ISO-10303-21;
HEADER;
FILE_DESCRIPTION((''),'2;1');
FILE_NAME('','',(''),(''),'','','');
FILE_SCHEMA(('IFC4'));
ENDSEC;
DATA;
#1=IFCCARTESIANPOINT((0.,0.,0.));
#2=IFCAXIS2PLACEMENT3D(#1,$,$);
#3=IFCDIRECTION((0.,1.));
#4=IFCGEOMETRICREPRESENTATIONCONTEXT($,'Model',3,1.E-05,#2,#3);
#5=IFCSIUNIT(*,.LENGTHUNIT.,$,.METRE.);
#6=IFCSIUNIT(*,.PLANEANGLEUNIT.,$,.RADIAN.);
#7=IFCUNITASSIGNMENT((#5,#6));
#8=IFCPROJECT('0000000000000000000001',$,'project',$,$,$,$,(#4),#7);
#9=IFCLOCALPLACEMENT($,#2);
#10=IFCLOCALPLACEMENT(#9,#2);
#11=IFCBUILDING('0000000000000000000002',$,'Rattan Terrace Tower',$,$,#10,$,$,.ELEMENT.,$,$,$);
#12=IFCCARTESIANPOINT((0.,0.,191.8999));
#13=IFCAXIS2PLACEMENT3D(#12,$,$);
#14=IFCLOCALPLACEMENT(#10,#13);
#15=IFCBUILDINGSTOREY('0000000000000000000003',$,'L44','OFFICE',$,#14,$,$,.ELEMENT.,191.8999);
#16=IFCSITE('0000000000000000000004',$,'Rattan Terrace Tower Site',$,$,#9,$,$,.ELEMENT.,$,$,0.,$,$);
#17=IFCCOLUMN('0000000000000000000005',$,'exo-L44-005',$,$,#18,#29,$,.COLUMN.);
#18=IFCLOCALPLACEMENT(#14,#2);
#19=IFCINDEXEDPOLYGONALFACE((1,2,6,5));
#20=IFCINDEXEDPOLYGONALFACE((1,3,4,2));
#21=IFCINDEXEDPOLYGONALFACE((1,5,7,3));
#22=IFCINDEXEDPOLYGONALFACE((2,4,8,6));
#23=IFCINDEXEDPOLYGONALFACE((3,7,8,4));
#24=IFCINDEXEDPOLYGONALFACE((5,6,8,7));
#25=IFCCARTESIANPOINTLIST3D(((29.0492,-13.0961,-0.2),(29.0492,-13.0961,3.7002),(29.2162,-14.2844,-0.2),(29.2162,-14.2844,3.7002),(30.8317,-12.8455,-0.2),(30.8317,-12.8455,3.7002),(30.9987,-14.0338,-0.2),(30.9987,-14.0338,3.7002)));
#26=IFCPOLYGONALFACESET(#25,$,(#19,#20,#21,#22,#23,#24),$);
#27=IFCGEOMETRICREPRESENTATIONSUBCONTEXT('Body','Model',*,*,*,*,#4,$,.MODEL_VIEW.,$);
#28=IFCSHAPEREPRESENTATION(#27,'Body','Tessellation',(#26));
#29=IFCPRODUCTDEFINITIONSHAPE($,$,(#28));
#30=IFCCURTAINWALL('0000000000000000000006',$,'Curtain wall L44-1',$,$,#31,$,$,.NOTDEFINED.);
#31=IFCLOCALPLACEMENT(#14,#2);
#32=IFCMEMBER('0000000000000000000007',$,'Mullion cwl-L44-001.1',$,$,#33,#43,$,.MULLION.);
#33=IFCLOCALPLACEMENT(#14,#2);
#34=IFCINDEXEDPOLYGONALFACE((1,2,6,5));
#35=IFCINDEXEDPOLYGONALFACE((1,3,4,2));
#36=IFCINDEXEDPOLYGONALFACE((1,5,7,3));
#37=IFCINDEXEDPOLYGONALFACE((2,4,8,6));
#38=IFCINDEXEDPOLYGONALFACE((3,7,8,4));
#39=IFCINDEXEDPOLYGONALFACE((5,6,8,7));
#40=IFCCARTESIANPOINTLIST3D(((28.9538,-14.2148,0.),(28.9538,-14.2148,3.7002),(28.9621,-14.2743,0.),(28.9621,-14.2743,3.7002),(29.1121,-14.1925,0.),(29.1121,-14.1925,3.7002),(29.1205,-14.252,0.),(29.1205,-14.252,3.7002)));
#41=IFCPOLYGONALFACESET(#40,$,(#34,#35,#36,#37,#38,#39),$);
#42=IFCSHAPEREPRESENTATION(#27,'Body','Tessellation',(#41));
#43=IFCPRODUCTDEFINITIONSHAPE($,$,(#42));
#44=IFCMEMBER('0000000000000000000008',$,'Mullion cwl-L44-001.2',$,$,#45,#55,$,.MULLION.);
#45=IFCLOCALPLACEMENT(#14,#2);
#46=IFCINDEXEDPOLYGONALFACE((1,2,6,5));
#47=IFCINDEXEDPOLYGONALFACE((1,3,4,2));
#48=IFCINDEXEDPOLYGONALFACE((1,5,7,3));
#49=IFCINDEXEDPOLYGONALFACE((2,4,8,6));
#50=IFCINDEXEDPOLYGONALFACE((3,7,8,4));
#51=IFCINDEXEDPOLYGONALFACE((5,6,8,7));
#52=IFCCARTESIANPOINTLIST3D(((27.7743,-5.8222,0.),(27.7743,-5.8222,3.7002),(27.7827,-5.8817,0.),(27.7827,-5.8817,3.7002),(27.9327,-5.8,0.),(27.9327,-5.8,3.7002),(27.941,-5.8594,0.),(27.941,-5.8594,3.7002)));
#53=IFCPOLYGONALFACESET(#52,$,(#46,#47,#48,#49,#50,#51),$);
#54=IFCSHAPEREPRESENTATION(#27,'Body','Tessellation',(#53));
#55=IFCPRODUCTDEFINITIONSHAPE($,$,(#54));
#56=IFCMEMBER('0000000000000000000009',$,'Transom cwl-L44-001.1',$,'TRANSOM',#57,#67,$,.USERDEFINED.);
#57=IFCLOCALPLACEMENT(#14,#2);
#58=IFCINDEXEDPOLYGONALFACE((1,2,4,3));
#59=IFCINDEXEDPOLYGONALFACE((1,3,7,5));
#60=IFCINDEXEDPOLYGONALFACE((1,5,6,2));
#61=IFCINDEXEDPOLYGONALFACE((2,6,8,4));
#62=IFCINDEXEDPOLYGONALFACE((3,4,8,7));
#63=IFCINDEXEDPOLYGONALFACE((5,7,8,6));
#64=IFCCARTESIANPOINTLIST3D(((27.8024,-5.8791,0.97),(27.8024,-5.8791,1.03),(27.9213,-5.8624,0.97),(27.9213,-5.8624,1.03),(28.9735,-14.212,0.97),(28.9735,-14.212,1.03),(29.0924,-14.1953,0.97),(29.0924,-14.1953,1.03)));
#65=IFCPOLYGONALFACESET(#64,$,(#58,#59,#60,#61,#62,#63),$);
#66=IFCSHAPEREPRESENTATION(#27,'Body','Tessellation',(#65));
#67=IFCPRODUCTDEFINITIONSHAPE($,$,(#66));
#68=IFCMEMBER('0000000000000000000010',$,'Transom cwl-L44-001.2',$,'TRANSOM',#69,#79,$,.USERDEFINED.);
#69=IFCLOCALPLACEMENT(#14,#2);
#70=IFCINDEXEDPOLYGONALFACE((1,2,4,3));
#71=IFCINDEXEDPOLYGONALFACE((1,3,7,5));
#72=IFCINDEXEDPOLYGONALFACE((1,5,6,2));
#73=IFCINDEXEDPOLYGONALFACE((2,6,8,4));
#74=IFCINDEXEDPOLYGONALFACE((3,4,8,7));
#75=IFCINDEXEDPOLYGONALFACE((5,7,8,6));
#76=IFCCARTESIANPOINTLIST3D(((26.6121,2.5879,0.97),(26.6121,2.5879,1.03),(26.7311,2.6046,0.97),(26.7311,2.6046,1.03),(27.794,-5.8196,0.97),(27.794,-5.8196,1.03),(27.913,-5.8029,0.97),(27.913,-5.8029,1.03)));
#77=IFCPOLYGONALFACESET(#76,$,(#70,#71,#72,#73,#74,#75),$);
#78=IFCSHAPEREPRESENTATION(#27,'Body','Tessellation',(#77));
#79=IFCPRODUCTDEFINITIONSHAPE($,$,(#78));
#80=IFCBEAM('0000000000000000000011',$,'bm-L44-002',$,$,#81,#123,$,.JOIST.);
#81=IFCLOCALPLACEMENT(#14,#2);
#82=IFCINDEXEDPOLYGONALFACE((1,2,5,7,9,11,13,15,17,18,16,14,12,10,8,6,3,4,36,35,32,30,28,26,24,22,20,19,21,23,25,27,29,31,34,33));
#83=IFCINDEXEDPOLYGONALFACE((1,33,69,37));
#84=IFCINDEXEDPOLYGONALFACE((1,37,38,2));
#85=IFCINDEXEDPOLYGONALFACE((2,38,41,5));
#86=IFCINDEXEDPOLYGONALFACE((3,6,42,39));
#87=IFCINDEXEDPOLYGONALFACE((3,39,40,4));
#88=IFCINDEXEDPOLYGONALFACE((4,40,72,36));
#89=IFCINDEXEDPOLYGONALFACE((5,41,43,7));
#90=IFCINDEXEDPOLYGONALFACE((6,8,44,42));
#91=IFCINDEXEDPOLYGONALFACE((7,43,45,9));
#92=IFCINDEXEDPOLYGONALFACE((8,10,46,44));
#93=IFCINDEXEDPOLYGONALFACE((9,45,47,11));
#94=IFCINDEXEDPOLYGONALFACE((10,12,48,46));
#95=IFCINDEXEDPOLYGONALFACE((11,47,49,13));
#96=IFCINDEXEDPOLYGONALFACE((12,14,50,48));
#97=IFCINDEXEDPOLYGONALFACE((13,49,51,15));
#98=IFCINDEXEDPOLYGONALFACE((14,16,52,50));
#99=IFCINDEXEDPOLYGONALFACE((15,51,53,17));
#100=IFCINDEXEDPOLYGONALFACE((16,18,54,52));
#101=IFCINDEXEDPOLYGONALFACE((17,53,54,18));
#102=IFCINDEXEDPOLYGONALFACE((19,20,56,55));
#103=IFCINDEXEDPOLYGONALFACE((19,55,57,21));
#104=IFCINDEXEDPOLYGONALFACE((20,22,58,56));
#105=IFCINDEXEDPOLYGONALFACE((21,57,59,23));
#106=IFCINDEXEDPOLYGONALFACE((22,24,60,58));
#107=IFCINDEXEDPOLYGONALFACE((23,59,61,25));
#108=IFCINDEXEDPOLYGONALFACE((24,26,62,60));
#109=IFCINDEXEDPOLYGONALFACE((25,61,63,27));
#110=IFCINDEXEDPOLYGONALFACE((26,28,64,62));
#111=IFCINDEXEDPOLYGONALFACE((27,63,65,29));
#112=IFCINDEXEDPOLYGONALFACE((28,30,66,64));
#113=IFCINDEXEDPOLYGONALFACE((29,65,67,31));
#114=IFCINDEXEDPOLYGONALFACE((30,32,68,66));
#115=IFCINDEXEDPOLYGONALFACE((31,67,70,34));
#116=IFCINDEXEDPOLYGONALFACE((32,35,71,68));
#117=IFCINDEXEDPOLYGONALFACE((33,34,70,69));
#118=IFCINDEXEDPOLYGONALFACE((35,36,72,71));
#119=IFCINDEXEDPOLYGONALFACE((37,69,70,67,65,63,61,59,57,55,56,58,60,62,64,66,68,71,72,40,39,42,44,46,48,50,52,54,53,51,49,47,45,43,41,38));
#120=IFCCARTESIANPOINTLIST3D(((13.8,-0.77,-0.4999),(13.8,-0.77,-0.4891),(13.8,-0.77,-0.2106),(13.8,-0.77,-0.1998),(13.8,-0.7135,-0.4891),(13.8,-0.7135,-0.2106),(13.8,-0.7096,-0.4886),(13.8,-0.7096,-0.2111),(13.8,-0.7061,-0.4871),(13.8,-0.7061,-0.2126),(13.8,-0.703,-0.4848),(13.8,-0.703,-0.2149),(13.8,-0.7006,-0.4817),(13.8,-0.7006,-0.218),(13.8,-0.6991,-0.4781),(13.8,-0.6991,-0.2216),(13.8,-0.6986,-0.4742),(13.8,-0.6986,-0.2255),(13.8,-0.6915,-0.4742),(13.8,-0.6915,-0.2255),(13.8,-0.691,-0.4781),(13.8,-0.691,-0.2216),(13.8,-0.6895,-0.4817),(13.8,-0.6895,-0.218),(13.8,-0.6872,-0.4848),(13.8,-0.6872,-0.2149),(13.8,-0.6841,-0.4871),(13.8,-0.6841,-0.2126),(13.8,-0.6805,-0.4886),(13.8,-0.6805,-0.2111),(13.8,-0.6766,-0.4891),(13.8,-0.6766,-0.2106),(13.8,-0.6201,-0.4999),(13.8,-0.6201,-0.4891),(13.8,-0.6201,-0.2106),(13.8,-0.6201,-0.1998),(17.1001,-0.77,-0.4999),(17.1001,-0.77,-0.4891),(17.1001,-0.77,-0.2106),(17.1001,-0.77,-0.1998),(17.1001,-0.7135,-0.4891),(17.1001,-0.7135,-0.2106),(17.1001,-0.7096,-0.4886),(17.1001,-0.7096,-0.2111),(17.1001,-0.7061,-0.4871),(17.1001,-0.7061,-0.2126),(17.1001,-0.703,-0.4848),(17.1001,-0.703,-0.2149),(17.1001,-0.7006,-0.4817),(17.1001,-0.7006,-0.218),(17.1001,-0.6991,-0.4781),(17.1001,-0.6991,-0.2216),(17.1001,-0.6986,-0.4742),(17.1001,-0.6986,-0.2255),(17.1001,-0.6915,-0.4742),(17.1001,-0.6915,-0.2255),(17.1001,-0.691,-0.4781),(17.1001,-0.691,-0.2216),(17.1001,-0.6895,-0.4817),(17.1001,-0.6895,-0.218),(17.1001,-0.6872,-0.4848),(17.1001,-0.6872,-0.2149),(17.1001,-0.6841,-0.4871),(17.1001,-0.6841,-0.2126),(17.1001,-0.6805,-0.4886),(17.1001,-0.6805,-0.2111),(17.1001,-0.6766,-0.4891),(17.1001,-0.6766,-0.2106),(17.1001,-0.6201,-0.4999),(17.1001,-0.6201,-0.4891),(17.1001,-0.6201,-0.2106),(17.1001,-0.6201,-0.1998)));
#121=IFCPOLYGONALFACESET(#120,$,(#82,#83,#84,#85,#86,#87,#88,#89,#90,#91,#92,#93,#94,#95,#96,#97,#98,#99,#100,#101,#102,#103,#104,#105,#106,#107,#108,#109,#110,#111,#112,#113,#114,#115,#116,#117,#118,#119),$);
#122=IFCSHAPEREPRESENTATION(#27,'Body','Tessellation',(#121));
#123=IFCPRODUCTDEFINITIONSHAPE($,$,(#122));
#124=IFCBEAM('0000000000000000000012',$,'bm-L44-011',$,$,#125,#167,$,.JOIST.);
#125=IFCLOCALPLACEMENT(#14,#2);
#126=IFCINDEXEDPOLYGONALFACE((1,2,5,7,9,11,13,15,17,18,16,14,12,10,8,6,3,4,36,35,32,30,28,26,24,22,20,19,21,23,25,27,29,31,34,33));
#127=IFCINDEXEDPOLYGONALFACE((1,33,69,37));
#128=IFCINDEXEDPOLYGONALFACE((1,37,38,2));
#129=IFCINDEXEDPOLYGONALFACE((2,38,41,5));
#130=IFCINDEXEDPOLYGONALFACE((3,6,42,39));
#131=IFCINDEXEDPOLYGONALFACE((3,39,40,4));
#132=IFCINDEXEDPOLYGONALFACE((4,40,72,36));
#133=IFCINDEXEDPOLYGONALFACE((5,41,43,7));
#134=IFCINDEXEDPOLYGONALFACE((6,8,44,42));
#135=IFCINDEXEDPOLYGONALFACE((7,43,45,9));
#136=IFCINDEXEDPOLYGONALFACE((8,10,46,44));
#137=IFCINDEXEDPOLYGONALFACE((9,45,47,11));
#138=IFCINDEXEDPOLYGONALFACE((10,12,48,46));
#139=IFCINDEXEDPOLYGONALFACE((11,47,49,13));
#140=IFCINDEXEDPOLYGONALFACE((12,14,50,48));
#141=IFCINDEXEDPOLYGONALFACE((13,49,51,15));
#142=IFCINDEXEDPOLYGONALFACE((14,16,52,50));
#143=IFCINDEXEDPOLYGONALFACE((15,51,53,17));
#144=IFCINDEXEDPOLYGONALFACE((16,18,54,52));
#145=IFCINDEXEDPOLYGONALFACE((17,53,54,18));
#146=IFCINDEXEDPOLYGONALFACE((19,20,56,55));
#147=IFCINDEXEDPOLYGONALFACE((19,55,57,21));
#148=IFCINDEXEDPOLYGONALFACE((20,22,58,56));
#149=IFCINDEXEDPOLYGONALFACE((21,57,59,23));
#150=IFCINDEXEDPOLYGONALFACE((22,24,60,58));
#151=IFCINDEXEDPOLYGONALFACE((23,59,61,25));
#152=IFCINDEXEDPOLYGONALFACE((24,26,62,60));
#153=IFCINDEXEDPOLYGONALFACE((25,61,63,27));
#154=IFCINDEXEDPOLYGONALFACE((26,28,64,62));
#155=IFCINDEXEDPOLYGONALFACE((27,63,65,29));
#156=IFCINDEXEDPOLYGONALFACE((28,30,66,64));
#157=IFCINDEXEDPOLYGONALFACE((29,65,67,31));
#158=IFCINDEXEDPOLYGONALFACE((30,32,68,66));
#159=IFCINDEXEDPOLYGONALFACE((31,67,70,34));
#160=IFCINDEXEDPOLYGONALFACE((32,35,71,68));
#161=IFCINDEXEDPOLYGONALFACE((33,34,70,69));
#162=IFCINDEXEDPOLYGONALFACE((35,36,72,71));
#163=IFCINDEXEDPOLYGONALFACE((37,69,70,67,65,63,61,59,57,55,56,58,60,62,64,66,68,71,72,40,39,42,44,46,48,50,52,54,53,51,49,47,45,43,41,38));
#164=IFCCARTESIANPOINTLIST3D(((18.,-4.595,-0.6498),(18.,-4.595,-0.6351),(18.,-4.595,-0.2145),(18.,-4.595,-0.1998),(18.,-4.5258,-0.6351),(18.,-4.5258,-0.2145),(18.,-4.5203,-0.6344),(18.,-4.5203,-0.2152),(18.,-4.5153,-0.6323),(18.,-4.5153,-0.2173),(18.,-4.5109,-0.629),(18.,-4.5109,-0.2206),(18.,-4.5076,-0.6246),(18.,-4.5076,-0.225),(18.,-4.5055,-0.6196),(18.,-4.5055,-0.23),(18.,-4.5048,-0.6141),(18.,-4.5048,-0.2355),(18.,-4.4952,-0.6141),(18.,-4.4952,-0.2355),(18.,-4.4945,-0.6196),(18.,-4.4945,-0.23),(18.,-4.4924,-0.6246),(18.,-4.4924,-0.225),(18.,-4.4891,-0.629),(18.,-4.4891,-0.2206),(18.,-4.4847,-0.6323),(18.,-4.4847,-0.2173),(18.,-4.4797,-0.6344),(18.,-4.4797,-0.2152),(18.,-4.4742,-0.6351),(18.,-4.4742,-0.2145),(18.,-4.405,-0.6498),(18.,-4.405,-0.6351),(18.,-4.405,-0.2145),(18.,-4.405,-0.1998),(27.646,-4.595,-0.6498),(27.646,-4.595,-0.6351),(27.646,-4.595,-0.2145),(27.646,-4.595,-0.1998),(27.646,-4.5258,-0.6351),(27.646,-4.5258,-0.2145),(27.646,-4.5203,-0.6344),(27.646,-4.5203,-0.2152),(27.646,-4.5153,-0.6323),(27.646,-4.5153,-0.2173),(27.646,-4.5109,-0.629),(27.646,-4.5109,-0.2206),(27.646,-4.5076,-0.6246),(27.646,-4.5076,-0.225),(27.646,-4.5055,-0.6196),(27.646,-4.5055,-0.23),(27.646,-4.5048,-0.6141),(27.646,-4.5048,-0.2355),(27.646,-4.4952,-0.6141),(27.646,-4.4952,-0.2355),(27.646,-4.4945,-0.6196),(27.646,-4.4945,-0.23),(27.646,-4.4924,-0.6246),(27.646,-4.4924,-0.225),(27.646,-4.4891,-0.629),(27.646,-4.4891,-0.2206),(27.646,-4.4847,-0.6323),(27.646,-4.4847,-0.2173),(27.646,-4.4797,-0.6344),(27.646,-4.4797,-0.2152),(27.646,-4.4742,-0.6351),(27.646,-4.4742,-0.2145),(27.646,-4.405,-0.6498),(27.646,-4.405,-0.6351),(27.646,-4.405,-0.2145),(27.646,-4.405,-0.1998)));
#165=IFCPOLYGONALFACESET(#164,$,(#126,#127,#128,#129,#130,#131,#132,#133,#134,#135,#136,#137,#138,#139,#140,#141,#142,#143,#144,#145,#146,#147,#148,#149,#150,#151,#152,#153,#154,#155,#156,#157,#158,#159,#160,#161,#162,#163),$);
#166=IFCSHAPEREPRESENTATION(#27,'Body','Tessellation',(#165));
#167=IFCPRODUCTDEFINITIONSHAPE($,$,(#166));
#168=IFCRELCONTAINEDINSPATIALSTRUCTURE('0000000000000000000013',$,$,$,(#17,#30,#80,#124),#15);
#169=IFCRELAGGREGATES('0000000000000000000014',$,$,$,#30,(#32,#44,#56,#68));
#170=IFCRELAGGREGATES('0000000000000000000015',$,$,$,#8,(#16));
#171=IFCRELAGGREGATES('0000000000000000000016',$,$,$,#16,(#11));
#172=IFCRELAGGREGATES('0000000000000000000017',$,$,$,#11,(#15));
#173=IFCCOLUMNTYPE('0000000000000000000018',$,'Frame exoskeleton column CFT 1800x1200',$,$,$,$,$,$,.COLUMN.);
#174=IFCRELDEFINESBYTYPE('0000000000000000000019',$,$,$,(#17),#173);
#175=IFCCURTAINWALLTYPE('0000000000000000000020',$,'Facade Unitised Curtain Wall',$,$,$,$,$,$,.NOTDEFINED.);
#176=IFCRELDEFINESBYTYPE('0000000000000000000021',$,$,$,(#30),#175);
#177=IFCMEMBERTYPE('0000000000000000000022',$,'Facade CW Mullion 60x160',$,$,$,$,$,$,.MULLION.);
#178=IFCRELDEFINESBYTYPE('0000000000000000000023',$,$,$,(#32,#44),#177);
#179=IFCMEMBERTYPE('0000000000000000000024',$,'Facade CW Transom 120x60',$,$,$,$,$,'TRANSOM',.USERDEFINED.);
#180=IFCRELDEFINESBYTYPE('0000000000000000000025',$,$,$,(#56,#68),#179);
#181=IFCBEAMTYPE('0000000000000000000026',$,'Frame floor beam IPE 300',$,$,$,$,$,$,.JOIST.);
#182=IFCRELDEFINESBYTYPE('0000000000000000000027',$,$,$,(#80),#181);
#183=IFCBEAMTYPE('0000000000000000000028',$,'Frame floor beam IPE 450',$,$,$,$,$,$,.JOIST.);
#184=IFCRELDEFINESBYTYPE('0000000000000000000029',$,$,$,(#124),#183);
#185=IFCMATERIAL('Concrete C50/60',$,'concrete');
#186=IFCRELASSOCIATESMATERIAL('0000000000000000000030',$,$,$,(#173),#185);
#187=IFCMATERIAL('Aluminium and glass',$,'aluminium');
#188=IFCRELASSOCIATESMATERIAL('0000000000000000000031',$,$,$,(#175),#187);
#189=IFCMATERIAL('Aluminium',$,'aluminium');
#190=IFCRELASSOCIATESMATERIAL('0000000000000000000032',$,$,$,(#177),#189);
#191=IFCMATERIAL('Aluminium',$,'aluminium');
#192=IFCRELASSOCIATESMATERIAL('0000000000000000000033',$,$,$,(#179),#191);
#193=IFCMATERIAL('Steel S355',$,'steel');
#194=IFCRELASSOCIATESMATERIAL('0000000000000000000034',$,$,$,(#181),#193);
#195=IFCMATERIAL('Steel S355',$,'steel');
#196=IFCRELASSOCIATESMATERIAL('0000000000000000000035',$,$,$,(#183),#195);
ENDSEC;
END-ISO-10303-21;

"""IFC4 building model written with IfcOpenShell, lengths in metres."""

from ifc_helpers import new_model, si_unit, direction, frame, origin, origin_2d, place, context, subcontext, project, spatial, rectangle, i_section, extrude, material, material_profile, profile_set, type_object, element, aggregate, save


model = new_model("IFC4")

# Units and contexts
model_context = context("Model", 3, precision=1e-05, world=origin(), true_north=direction((0.0, 1.0)))
body_context = subcontext(model_context, "Body", "Model", "MODEL_VIEW")
ifc_project = project(units=[si_unit("LENGTHUNIT", "METRE"), si_unit("PLANEANGLEUNIT", "RADIAN")], contexts=[model_context])

# Site, building, storey
site_placement = place(None, origin())
site = spatial("IfcSite", under=ifc_project, at=site_placement, Name="Rattan Terrace Tower Site", CompositionType="ELEMENT", RefElevation=0.0)
building_placement = place(site_placement, origin())
building = spatial("IfcBuilding", under=site, at=building_placement, Name="Rattan Terrace Tower", CompositionType="ELEMENT")
storey_placement = place(building_placement, frame((0.0, 0.0, 191.8999)))
storey = spatial("IfcBuildingStorey", under=building, at=storey_placement, Name="L44", Description="OFFICE", CompositionType="ELEMENT", Elevation=191.8999)

# Column
ifc_material_1 = material(Name="Concrete C50/60", Category="concrete")
ifc_material_profile_1 = material_profile(ifc_material_1, rectangle(XDim=1.2, YDim=1.8, at=origin_2d()), Name="CFT 1800x1200")
ifc_profile_set_1 = profile_set([ifc_material_profile_1], Name="Concrete C50/60")
column_type = type_object("IfcColumnType", Name="Frame exoskeleton column CFT 1800x1200", PredefinedType="COLUMN", material=ifc_profile_set_1)
column_placement = place(storey_placement, frame((30.0239, -13.5649, -0.2), z_axis=(0.0, 0.0, 1.0), x_axis=(-0.13919, 0.990266, 0.0)))
element("IfcColumn", 1, at=column_placement, inside=storey, type_object=column_type, Name="exo-L44-005", PredefinedType="COLUMN", context=body_context, shape_type="SweptSolid", body=[
    extrude(rectangle(XDim=1.2, YDim=1.8, at=origin_2d()), origin(), (0.0, 0.0, 1.0), 3.9001),
])

# Curtain wall, members
ifc_material_2 = material(Name="Aluminium and glass", Category="aluminium")
curtain_wall_type = type_object("IfcCurtainWallType", Name="Facade Unitised Curtain Wall", PredefinedType="NOTDEFINED", material=ifc_material_2)
curtain_wall_placement = place(storey_placement, origin())
curtain_wall = element("IfcCurtainWall", 2, at=curtain_wall_placement, inside=storey, type_object=curtain_wall_type, Name="Curtain wall L44-1", PredefinedType="NOTDEFINED")
ifc_material_3 = material(Name="Aluminium", Category="aluminium")
ifc_material_profile_2 = material_profile(ifc_material_3, rectangle(XDim=0.0601, YDim=0.1599, at=origin_2d()), Name="Aluminium 60x160")
ifc_profile_set_2 = profile_set([ifc_material_profile_2], Name="Aluminium")
member_type_1 = type_object("IfcMemberType", Name="Facade CW Mullion 60x160", PredefinedType="MULLION", material=ifc_profile_set_2)
member_1_placement = place(storey_placement, frame((29.0371, -14.2334, 0.0), z_axis=(0.0, 0.0, 1.0), x_axis=(-0.139191, 0.990266, 0.0)))
member_1 = element("IfcMember", 3, at=member_1_placement, type_object=member_type_1, Name="Mullion cwl-L44-001.1", PredefinedType="MULLION", context=body_context, shape_type="SweptSolid", body=[
    extrude(rectangle(XDim=0.0601, YDim=0.1599, at=origin_2d()), origin(), (0.0, 0.0, 1.0), 3.7002),
])
member_2_placement = place(storey_placement, frame((27.8577, -5.8408, 0.0), z_axis=(0.0, 0.0, 1.0), x_axis=(-0.139191, 0.990266, 0.0)))
member_2 = element("IfcMember", 4, at=member_2_placement, type_object=member_type_1, Name="Mullion cwl-L44-001.2", PredefinedType="MULLION", context=body_context, shape_type="SweptSolid", body=[
    extrude(rectangle(XDim=0.0601, YDim=0.1599, at=origin_2d()), origin(), (0.0, 0.0, 1.0), 3.7002),
])
ifc_material_4 = material(Name="Aluminium", Category="aluminium")
ifc_material_profile_3 = material_profile(ifc_material_4, rectangle(XDim=0.1201, YDim=0.0601, at=origin_2d()), Name="Aluminium 120x60")
ifc_profile_set_3 = profile_set([ifc_material_profile_3], Name="Aluminium")
member_type_2 = type_object("IfcMemberType", Name="Facade CW Transom 120x60", ElementType="TRANSOM", PredefinedType="USERDEFINED", material=ifc_profile_set_3)
member_3_placement = place(storey_placement, frame((29.033, -14.2036, 1.0), z_axis=(-0.139175, 0.990268, 0.0), x_axis=(-0.990268, -0.139175, 0.0)))
member_3 = element("IfcMember", 5, at=member_3_placement, type_object=member_type_2, Name="Transom cwl-L44-001.1", ObjectType="TRANSOM", PredefinedType="USERDEFINED", context=body_context, shape_type="SweptSolid", body=[
    extrude(rectangle(XDim=0.1201, YDim=0.0601, at=origin_2d()), origin(), (0.0, 0.0, 1.0), 8.4148),
])
member_4_placement = place(storey_placement, frame((27.8535, -5.8113, 1.0), z_axis=(-0.139207, 0.990263, 0.0), x_axis=(-0.990263, -0.139207, 0.0)))
member_4 = element("IfcMember", 6, at=member_4_placement, type_object=member_type_2, Name="Transom cwl-L44-001.2", ObjectType="TRANSOM", PredefinedType="USERDEFINED", context=body_context, shape_type="SweptSolid", body=[
    extrude(rectangle(XDim=0.1201, YDim=0.0601, at=origin_2d()), origin(), (0.0, 0.0, 1.0), 8.4902),
])

# Beams
ifc_material_5 = material(Name="Steel S355", Category="steel")
ifc_material_profile_4 = material_profile(ifc_material_5, i_section(OverallWidth=0.1499, OverallDepth=0.3, WebThickness=0.0071, FlangeThickness=0.0107, FilletRadius=0.0149, at=origin_2d()), Name="IPE 300")
ifc_profile_set_4 = profile_set([ifc_material_profile_4], Name="Steel S355")
beam_type_1 = type_object("IfcBeamType", Name="Frame floor beam IPE 300", PredefinedType="JOIST", material=ifc_profile_set_4)
beam_1_placement = place(storey_placement, frame((13.8, -0.6951, -0.3499), z_axis=(1.0, 0.0, 0.0), x_axis=(0.0, 1.0, 0.0)))
element("IfcBeam", 7, at=beam_1_placement, inside=storey, type_object=beam_type_1, Name="bm-L44-002", PredefinedType="JOIST", context=body_context, shape_type="SweptSolid", body=[
    extrude(i_section(OverallWidth=0.1499, OverallDepth=0.3, WebThickness=0.0071, FlangeThickness=0.0107, FilletRadius=0.0149, at=origin_2d()), origin(), (0.0, 0.0, 1.0), 3.3),
])
ifc_material_6 = material(Name="Steel S355", Category="steel")
ifc_material_profile_5 = material_profile(ifc_material_6, i_section(OverallWidth=0.1899, OverallDepth=0.45, WebThickness=0.0095, FlangeThickness=0.0146, FilletRadius=0.021, at=origin_2d()), Name="IPE 450")
ifc_profile_set_5 = profile_set([ifc_material_profile_5], Name="Steel S355")
beam_type_2 = type_object("IfcBeamType", Name="Frame floor beam IPE 450", PredefinedType="JOIST", material=ifc_profile_set_5)
beam_2_placement = place(storey_placement, frame((18.0, -4.5, -0.4248), z_axis=(1.0, 0.0, 0.0), x_axis=(0.0, 1.0, 0.0)))
element("IfcBeam", 8, at=beam_2_placement, inside=storey, type_object=beam_type_2, Name="bm-L44-011", PredefinedType="JOIST", context=body_context, shape_type="SweptSolid", body=[
    extrude(i_section(OverallWidth=0.1899, OverallDepth=0.45, WebThickness=0.0095, FlangeThickness=0.0146, FilletRadius=0.021, at=origin_2d()), origin(), (0.0, 0.0, 1.0), 9.646),
])

aggregate(curtain_wall, [member_1, member_2, member_3, member_4])

save(model, "model.ifc")
